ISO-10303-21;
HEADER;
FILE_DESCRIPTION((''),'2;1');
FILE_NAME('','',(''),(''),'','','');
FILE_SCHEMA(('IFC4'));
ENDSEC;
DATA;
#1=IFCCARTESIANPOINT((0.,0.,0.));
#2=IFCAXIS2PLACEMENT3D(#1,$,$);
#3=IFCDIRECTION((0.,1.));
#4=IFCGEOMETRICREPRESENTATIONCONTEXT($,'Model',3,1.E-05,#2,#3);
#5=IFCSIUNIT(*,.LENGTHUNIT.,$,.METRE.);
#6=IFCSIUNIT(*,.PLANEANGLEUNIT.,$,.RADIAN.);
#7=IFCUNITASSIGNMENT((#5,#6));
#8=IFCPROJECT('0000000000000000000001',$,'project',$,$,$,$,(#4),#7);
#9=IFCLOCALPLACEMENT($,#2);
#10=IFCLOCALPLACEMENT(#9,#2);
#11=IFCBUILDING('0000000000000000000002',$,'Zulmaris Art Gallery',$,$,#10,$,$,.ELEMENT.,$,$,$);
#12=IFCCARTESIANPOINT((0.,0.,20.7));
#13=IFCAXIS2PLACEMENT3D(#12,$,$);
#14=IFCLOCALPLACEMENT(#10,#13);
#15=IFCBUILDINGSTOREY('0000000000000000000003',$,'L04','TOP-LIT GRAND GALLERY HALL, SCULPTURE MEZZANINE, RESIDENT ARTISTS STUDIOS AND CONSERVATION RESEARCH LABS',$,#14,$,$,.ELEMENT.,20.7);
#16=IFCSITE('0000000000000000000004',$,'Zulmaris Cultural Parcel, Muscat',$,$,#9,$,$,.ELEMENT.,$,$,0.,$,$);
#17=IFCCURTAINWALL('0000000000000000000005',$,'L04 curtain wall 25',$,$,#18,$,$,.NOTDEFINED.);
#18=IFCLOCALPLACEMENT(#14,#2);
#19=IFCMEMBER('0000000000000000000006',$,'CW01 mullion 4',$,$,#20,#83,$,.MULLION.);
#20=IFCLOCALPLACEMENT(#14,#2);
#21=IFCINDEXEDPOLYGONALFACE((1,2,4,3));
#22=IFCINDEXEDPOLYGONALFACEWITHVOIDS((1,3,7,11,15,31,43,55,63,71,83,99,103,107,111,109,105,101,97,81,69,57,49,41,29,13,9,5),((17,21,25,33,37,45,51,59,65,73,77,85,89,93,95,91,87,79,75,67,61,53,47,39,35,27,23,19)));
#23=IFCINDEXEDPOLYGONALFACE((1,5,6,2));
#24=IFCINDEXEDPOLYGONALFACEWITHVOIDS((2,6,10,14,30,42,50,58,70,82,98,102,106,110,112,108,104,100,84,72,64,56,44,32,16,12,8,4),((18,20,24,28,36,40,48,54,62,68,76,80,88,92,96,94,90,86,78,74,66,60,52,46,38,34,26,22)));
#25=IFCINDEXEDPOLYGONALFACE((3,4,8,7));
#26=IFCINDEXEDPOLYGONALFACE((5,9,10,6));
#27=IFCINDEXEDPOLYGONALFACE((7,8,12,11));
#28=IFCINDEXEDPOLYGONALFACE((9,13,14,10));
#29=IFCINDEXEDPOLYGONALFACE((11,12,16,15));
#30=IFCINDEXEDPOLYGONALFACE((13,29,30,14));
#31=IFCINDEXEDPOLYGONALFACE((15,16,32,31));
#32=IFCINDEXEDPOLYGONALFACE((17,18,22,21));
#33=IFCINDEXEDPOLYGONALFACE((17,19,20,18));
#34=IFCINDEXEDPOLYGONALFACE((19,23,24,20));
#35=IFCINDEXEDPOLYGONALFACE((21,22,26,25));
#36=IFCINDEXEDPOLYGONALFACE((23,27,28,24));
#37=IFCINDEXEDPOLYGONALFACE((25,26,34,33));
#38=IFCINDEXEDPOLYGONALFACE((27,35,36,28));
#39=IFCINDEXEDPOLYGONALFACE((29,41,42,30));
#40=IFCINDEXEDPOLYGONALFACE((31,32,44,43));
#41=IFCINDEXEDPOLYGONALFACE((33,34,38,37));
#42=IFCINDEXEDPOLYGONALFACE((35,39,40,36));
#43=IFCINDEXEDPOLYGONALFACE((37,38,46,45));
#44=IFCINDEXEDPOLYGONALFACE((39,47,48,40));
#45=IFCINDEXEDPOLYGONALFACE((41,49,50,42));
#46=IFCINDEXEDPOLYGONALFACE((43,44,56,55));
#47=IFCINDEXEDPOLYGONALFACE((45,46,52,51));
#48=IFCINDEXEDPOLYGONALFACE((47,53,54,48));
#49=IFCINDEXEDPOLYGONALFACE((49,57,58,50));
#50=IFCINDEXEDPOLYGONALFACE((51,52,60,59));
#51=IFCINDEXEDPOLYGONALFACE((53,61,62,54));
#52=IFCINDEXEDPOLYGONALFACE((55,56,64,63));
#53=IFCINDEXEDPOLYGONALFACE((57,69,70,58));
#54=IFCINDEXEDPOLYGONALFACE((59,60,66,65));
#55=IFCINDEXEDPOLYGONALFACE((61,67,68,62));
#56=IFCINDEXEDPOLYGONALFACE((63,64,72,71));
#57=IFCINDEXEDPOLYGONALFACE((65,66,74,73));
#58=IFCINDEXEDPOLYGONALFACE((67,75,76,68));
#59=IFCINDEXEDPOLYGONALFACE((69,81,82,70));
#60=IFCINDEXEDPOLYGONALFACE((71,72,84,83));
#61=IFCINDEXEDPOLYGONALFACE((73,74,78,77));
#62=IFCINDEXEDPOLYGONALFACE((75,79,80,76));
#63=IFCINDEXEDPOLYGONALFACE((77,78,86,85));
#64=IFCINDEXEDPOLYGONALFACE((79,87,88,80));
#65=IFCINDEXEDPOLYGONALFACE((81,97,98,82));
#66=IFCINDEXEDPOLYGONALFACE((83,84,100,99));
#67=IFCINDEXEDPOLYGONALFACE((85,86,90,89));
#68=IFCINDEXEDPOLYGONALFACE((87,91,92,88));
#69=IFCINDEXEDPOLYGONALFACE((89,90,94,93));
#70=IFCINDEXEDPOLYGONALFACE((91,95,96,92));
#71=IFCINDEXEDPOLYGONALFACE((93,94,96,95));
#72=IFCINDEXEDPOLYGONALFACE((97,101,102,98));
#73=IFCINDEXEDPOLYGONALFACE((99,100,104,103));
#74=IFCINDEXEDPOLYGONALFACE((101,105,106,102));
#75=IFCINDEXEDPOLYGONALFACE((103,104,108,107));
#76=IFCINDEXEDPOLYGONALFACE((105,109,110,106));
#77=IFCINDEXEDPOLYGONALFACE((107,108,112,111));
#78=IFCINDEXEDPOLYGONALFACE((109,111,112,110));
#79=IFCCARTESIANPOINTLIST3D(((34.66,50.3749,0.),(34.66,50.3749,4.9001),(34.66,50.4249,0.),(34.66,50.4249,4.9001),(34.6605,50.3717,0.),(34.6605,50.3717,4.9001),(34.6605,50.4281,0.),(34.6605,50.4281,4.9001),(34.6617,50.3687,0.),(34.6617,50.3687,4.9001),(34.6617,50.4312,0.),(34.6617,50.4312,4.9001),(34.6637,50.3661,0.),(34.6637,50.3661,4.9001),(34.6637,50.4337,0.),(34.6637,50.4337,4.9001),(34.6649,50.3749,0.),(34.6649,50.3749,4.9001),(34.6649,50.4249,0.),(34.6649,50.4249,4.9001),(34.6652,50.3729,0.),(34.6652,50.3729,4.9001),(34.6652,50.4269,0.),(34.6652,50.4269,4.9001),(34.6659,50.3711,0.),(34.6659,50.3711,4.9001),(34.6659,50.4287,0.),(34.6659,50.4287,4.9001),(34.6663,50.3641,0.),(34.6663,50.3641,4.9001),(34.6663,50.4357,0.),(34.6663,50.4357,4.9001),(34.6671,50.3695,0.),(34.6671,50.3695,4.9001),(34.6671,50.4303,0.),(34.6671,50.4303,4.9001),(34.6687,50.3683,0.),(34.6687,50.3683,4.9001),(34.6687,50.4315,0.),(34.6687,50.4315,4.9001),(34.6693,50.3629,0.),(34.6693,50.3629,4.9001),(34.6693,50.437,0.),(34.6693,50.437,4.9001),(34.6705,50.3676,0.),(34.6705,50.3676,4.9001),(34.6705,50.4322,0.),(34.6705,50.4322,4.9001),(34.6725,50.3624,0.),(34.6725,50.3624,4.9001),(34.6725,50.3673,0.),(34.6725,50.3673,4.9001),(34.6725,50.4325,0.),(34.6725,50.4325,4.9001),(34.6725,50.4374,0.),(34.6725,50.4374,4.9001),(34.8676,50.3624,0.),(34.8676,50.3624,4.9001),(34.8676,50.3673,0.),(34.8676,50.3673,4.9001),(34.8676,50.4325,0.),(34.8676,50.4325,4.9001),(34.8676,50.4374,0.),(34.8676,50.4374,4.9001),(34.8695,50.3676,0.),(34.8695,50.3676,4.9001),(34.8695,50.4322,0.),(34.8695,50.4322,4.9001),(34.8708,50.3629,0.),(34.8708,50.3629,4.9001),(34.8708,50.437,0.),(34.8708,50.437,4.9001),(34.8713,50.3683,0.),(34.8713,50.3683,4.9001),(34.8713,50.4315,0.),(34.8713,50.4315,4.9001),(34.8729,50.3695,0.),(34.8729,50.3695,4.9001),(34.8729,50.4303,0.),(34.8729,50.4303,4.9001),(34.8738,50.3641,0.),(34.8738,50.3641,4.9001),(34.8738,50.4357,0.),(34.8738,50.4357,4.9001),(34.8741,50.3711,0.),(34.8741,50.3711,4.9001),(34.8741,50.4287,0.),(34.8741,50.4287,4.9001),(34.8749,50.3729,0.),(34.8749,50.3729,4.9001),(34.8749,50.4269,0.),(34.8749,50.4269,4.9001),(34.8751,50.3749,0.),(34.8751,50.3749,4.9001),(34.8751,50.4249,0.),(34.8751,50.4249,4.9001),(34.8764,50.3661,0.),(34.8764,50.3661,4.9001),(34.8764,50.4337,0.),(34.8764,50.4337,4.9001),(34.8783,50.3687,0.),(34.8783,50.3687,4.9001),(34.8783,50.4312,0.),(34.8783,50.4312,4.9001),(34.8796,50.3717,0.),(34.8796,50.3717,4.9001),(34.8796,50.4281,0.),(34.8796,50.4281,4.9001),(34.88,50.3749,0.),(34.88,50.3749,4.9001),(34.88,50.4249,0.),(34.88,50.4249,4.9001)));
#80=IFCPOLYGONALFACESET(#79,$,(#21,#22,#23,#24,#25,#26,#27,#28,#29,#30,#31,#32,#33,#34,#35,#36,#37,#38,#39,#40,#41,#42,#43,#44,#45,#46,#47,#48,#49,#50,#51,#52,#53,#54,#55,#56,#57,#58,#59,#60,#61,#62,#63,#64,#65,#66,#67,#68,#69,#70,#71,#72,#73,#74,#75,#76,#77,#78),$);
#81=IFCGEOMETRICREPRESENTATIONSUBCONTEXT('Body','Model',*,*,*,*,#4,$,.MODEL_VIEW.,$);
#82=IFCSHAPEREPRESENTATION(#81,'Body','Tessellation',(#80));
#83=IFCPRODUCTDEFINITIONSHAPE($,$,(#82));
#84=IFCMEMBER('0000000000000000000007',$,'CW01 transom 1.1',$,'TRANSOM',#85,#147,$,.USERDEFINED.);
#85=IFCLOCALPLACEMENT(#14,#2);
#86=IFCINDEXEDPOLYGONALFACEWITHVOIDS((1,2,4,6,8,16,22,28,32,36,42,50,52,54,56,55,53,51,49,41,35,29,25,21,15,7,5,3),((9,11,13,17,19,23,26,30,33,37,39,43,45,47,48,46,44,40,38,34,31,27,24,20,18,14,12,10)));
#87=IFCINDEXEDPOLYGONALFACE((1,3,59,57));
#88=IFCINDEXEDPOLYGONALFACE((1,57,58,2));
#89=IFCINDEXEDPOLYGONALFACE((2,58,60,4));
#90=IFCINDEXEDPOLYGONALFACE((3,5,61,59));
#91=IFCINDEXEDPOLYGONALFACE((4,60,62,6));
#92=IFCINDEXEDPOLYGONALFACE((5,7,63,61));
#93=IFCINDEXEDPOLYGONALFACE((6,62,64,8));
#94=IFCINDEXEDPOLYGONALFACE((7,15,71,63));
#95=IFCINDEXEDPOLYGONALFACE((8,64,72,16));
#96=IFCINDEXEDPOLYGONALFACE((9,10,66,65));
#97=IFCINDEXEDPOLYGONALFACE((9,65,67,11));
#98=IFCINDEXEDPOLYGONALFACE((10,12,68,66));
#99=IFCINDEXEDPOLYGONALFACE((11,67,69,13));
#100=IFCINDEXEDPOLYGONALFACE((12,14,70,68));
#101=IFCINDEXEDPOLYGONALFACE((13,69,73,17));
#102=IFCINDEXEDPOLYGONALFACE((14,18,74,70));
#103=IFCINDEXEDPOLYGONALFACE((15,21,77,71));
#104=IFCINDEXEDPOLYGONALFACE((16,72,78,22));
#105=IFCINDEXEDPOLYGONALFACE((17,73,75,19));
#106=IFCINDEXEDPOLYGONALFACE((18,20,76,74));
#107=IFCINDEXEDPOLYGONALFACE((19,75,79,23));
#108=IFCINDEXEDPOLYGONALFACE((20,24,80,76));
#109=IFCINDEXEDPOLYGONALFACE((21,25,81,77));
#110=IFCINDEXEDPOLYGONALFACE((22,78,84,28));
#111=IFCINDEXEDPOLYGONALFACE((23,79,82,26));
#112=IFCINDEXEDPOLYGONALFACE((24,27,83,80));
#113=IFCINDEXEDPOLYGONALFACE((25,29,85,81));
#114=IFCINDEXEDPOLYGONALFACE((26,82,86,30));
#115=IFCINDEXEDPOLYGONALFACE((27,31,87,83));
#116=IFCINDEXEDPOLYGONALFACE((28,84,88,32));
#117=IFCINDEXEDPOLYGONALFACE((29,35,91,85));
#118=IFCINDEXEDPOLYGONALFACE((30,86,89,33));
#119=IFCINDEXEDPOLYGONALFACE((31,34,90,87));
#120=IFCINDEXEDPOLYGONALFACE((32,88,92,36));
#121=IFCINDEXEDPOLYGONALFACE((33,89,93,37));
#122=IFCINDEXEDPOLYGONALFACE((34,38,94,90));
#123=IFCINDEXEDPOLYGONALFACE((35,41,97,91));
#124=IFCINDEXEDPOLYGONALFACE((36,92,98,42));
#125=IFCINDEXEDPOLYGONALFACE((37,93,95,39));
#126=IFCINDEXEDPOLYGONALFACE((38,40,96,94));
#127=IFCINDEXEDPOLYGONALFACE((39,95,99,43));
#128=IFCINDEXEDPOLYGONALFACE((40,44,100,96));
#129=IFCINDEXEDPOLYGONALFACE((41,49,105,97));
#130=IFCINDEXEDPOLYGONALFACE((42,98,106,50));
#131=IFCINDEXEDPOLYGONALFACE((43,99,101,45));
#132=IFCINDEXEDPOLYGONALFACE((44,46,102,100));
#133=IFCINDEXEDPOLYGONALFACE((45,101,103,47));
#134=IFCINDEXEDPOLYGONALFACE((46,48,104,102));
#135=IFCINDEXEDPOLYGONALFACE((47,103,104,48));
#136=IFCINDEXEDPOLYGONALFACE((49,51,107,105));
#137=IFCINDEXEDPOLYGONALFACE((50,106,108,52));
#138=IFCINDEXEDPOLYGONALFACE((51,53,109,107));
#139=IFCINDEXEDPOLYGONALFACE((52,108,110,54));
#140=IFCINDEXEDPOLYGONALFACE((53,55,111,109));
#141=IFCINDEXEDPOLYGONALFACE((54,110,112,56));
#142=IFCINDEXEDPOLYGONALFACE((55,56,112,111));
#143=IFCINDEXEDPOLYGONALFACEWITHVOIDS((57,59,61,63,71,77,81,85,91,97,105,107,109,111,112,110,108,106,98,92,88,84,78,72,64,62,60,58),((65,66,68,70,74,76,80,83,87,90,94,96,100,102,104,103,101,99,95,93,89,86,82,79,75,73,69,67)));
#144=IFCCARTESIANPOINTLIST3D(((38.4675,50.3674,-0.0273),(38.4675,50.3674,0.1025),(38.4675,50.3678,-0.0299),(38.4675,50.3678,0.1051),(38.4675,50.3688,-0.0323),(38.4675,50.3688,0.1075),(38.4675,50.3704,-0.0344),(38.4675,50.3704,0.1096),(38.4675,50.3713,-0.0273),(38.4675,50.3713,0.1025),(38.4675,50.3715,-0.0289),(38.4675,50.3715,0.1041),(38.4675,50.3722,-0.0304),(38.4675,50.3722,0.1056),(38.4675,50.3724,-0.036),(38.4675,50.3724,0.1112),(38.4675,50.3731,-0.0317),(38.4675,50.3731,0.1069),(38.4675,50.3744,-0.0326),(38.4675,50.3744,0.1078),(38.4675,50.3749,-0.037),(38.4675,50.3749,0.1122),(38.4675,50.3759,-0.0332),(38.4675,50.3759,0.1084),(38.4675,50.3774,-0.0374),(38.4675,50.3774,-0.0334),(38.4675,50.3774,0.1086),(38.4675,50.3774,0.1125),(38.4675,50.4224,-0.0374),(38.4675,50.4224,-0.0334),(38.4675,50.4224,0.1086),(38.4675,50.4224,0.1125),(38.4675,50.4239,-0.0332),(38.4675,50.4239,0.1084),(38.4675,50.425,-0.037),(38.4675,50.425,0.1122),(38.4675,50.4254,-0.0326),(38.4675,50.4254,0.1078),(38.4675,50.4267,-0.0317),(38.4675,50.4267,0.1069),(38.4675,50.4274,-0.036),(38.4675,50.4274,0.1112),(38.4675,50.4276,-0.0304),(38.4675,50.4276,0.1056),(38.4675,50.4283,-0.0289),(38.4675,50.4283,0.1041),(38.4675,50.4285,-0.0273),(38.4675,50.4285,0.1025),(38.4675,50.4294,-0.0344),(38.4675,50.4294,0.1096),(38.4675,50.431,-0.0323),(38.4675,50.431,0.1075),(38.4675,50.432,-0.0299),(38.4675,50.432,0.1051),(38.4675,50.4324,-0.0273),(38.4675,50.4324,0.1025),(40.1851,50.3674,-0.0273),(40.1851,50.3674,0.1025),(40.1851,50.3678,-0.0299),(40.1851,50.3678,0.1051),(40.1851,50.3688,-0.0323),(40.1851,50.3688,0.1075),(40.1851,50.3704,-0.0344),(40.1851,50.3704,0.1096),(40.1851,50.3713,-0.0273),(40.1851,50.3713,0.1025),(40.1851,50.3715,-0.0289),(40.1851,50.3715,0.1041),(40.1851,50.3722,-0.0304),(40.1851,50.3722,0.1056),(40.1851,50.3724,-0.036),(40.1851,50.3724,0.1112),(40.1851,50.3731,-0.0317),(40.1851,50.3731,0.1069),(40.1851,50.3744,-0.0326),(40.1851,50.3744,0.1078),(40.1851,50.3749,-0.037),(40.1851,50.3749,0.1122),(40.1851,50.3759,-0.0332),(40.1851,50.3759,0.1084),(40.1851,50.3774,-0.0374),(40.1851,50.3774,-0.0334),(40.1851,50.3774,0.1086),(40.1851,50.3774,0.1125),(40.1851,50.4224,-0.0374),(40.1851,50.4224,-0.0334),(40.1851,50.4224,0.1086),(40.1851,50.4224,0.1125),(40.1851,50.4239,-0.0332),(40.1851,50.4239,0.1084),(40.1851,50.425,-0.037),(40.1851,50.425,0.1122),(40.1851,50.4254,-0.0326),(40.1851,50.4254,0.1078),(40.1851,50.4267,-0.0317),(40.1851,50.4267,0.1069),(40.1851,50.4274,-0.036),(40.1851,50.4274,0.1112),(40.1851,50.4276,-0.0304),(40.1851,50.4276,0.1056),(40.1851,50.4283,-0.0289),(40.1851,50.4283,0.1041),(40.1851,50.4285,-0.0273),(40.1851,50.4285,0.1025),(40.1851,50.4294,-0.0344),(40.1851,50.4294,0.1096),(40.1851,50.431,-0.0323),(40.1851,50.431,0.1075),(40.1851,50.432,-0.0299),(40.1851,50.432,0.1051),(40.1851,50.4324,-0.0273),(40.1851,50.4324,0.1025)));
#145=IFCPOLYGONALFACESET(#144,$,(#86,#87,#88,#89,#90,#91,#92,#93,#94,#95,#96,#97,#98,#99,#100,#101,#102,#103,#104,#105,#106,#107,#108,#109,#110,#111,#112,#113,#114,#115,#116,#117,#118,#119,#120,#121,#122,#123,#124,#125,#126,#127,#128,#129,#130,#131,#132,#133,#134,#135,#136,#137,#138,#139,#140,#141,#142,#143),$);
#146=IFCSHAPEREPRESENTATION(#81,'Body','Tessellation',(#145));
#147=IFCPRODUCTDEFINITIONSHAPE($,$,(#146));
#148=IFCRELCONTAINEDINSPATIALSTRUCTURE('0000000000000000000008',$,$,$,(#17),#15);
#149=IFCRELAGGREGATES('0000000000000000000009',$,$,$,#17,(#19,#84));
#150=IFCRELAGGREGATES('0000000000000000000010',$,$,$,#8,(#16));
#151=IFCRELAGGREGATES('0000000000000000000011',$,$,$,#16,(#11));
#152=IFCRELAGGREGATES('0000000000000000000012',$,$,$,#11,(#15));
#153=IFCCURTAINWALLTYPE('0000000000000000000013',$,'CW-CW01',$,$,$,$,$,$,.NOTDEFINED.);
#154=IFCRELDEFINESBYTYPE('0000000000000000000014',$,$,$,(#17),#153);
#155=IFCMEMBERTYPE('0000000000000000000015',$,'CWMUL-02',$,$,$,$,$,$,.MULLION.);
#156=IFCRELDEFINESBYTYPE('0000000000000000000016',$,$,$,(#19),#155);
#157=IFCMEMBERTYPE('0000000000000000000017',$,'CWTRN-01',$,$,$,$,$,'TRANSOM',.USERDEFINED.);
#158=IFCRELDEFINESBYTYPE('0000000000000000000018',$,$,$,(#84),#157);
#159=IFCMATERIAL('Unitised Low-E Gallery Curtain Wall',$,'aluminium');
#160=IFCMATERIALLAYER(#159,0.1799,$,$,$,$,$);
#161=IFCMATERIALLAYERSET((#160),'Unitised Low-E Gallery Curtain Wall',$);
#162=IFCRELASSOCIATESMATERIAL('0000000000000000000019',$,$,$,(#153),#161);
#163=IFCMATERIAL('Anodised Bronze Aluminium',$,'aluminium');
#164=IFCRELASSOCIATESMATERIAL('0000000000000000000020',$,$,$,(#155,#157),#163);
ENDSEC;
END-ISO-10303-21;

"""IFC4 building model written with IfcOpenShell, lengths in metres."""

from ifc_helpers import new_model, si_unit, direction, frame, origin, origin_2d, place, context, subcontext, project, spatial, hollow_rectangle, extrude, material, layer, layer_set, material_profile, profile_set, type_object, element, aggregate, save


model = new_model("IFC4")

# Units and contexts
model_context = context("Model", 3, precision=1e-05, world=origin(), true_north=direction((0.0, 1.0)))
body_context = subcontext(model_context, "Body", "Model", "MODEL_VIEW")
ifc_project = project(units=[si_unit("LENGTHUNIT", "METRE"), si_unit("PLANEANGLEUNIT", "RADIAN")], contexts=[model_context])

# Site, building, storey
site_placement = place(None, origin())
site = spatial("IfcSite", under=ifc_project, at=site_placement, Name="Zulmaris Cultural Parcel, Muscat", CompositionType="ELEMENT", RefElevation=0.0)
building_placement = place(site_placement, origin())
building = spatial("IfcBuilding", under=site, at=building_placement, Name="Zulmaris Art Gallery", CompositionType="ELEMENT")
storey_placement = place(building_placement, frame((0.0, 0.0, 20.7)))
storey = spatial("IfcBuildingStorey", under=building, at=storey_placement, Name="L04", Description="TOP-LIT GRAND GALLERY HALL, SCULPTURE MEZZANINE, RESIDENT ARTISTS STUDIOS AND CONSERVATION RESEARCH LABS", CompositionType="ELEMENT", Elevation=20.7)

# Curtain wall, members
ifc_material_1 = material(Name="Unitised Low-E Gallery Curtain Wall", Category="aluminium")
ifc_layer_1 = layer(ifc_material_1, 0.1799)
ifc_layer_set_1 = layer_set([ifc_layer_1], Name="Unitised Low-E Gallery Curtain Wall")
curtain_wall_type = type_object("IfcCurtainWallType", Name="CW-CW01", PredefinedType="NOTDEFINED", material=ifc_layer_set_1)
curtain_wall_placement = place(storey_placement, origin())
curtain_wall = element("IfcCurtainWall", 1, at=curtain_wall_placement, inside=storey, type_object=curtain_wall_type, Name="L04 curtain wall 25", PredefinedType="NOTDEFINED")
ifc_material_2 = material(Name="Anodised Bronze Aluminium", Category="aluminium")
ifc_material_profile_1 = material_profile(ifc_material_2, hollow_rectangle(XDim=0.075, YDim=0.22, WallThickness=0.0049, InnerFilletRadius=0.0076, OuterFilletRadius=0.0125, at=origin_2d()), Name="ALU 75x220x5")
ifc_profile_set_1 = profile_set([ifc_material_profile_1], Name="Anodised Bronze Aluminium")
member_type_1 = type_object("IfcMemberType", Name="CWMUL-02", PredefinedType="MULLION", material=ifc_profile_set_1)
member_1_placement = place(storey_placement, frame((34.77, 50.3999, 0.0), z_axis=(0.0, 0.0, 1.0), x_axis=(0.0, -1.0, 0.0)))
member_1 = element("IfcMember", 2, at=member_1_placement, type_object=member_type_1, Name="CW01 mullion 4", PredefinedType="MULLION", context=body_context, shape_type="SweptSolid", body=[
    extrude(hollow_rectangle(XDim=0.075, YDim=0.22, WallThickness=0.0049, InnerFilletRadius=0.0076, OuterFilletRadius=0.0125, at=origin_2d()), origin(), (0.0, 0.0, 1.0), 4.9001),
])
ifc_material_profile_2 = material_profile(ifc_material_2, hollow_rectangle(XDim=0.0649, YDim=0.1499, WallThickness=0.0039, InnerFilletRadius=0.0061, OuterFilletRadius=0.01, at=origin_2d()), Name="ALU 65x150x4")
ifc_profile_set_2 = profile_set([ifc_material_profile_2], Name="Anodised Bronze Aluminium")
member_type_2 = type_object("IfcMemberType", Name="CWTRN-01", ElementType="TRANSOM", PredefinedType="USERDEFINED", material=ifc_profile_set_2)
member_2_placement = place(storey_placement, frame((40.1851, 50.3999, 0.0376), z_axis=(-1.0, 0.0, 0.0), x_axis=(0.0, -1.0, 0.0)))
member_2 = element("IfcMember", 3, at=member_2_placement, type_object=member_type_2, Name="CW01 transom 1.1", ObjectType="TRANSOM", PredefinedType="USERDEFINED", context=body_context, shape_type="SweptSolid", body=[
    extrude(hollow_rectangle(XDim=0.0649, YDim=0.1499, WallThickness=0.0039, InnerFilletRadius=0.0061, OuterFilletRadius=0.01, at=origin_2d()), origin(), (0.0, 0.0, 1.0), 1.7175),
])
aggregate(curtain_wall, [member_1, member_2])

save(model, "model.ifc")
